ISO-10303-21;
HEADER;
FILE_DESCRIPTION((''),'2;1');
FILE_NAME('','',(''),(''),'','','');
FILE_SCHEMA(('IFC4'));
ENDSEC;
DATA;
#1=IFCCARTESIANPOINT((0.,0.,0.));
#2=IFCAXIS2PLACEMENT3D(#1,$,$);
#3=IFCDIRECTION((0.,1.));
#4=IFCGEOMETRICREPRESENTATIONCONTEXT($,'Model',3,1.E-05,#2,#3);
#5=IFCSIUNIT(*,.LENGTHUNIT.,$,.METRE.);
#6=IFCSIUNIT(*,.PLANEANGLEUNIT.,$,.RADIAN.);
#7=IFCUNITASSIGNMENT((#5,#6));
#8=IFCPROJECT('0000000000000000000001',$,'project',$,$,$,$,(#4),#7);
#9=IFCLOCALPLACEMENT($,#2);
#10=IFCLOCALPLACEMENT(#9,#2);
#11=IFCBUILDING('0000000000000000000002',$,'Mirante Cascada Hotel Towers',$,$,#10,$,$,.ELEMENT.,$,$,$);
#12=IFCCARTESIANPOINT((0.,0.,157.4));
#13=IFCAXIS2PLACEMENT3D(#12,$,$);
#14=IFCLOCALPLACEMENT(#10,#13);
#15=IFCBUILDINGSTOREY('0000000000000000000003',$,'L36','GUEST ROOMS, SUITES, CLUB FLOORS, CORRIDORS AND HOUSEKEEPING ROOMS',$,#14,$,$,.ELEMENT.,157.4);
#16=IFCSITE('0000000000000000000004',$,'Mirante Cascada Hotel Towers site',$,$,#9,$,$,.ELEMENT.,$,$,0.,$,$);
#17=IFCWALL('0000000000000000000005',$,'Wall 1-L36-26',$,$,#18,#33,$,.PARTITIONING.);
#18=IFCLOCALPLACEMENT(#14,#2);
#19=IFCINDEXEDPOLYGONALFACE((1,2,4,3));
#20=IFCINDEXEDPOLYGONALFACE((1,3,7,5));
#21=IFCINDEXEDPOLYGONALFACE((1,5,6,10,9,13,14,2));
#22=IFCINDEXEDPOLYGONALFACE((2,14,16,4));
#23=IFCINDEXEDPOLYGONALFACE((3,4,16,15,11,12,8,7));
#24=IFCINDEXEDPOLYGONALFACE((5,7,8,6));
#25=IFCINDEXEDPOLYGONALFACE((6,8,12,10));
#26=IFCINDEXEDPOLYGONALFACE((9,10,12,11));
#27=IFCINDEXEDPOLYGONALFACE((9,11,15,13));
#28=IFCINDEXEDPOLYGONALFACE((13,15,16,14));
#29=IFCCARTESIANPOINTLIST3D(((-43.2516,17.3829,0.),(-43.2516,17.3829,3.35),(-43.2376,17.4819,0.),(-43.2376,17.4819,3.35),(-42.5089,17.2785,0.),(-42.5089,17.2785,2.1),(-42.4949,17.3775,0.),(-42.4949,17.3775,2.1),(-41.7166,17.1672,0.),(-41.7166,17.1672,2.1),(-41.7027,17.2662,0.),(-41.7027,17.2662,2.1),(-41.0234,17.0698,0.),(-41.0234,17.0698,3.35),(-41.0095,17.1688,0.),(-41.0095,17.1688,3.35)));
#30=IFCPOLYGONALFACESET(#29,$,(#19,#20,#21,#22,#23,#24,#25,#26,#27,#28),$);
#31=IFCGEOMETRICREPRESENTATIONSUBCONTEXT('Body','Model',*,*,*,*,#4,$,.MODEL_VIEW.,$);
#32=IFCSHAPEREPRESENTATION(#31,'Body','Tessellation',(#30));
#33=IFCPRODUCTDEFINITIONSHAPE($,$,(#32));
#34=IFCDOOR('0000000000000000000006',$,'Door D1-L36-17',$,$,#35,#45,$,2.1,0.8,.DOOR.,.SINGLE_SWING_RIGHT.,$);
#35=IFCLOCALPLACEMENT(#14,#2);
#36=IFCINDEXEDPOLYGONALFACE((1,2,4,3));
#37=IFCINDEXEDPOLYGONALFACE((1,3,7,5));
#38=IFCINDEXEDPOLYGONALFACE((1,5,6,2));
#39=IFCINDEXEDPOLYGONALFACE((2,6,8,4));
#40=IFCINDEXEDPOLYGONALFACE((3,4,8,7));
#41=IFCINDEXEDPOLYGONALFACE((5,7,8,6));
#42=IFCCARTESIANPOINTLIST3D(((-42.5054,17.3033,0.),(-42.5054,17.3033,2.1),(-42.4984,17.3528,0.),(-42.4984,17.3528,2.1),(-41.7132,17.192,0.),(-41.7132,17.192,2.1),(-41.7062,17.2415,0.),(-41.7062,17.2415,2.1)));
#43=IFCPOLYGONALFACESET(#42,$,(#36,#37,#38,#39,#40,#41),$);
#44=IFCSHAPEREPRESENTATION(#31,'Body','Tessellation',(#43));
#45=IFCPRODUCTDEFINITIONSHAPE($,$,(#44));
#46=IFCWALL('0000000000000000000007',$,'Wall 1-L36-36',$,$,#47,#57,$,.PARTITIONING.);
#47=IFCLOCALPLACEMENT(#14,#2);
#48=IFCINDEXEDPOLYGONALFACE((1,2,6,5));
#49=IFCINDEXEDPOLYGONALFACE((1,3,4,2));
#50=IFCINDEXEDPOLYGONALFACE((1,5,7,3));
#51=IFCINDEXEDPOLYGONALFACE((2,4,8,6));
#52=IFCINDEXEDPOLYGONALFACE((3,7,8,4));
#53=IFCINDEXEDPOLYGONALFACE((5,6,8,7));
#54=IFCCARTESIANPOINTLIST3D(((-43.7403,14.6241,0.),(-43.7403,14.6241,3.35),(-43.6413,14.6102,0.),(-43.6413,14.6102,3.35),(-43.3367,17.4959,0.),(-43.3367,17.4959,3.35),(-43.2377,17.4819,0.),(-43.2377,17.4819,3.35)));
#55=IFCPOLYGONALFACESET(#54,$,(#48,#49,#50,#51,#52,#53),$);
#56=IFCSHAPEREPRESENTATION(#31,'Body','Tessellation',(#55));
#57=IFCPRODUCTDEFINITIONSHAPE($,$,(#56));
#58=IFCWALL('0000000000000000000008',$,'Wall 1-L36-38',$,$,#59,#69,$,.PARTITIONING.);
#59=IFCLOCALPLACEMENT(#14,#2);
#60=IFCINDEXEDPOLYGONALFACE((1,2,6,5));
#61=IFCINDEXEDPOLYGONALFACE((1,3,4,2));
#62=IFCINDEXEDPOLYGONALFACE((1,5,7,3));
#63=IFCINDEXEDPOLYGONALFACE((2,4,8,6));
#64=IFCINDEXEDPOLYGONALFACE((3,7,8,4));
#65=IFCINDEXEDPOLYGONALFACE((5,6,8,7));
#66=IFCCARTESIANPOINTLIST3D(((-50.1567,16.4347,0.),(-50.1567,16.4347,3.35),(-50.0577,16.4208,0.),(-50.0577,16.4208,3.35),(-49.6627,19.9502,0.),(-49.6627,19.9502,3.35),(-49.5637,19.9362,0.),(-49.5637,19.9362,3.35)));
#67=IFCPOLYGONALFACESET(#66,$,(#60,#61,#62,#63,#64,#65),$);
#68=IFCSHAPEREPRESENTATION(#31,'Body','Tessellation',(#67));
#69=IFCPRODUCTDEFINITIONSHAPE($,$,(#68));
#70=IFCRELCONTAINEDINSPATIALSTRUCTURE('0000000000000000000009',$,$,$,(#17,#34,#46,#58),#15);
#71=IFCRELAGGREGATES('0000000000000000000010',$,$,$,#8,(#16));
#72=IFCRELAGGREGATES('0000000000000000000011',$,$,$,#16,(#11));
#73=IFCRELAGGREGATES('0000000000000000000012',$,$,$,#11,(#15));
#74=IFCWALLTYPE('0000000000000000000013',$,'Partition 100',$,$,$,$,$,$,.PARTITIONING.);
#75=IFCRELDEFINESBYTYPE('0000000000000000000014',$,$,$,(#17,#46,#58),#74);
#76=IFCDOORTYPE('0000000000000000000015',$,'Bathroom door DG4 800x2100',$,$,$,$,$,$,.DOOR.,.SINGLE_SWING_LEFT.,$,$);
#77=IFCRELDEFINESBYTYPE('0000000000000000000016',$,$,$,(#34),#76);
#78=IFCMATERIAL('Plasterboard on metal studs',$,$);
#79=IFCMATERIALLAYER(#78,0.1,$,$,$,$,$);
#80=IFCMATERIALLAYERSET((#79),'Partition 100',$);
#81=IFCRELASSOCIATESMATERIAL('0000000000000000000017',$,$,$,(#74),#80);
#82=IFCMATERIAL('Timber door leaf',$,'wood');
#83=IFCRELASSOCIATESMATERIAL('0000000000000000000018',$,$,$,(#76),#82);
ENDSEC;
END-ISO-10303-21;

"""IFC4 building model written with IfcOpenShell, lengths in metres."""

from ifc_helpers import new_model, si_unit, direction, frame, frame_2d, origin, place, context, subcontext, project, spatial, rectangle, extrude, material, layer, layer_set, type_object, element, fill, save


model = new_model("IFC4")

# Units and contexts
model_context = context("Model", 3, precision=1e-05, world=origin(), true_north=direction((0.0, 1.0)))
body_context = subcontext(model_context, "Body", "Model", "MODEL_VIEW")
ifc_project = project(units=[si_unit("LENGTHUNIT", "METRE"), si_unit("PLANEANGLEUNIT", "RADIAN")], contexts=[model_context])

# Site, building, storey
site_placement = place(None, origin())
site = spatial("IfcSite", under=ifc_project, at=site_placement, Name="Mirante Cascada Hotel Towers site", CompositionType="ELEMENT", RefElevation=0.0)
building_placement = place(site_placement, origin())
building = spatial("IfcBuilding", under=site, at=building_placement, Name="Mirante Cascada Hotel Towers", CompositionType="ELEMENT")
storey_placement = place(building_placement, frame((0.0, 0.0, 157.4)))
storey = spatial("IfcBuildingStorey", under=building, at=storey_placement, Name="L36", Description="GUEST ROOMS, SUITES, CLUB FLOORS, CORRIDORS AND HOUSEKEEPING ROOMS", CompositionType="ELEMENT", Elevation=157.4)

# Shared definitions
ifc_material_1 = material(Name="Plasterboard on metal studs")
ifc_layer_1 = layer(ifc_material_1, 0.1)
ifc_layer_set_1 = layer_set([ifc_layer_1], Name="Partition 100")
wall_type_1 = type_object("IfcWallType", Name="Partition 100", PredefinedType="PARTITIONING", material=ifc_layer_set_1)

# Wall, opening, door
wall_1_placement = place(storey_placement, frame((-43.2446, 17.4324, 0.0), z_axis=(0.0, 0.0, 1.0), x_axis=(0.990271, -0.139156, 0.0)))
wall_1 = element("IfcWall", 1, at=wall_1_placement, inside=storey, type_object=wall_type_1, Name="Wall 1-L36-26", PredefinedType="PARTITIONING", context=body_context, shape_type="SweptSolid", body=[
    extrude(rectangle(XDim=2.25, YDim=0.1, at=frame_2d((1.125, 0.0))), origin(), (0.0, 0.0, 1.0), 3.35),
])
opening_1_placement = place(wall_1_placement, frame((0.75, 0.0, 0.0)))
opening_1 = element("IfcOpeningElement", 2, at=opening_1_placement, cuts=wall_1, PredefinedType="OPENING", context=body_context, shape_type="SweptSolid", body=[
    extrude(rectangle(XDim=0.8, YDim=2.1, at=frame_2d((0.4, 1.05))), frame((0.0, 0.05, 0.0), z_axis=(0.0, -1.0, 0.0), x_axis=(1.0, 0.0, 0.0)), (0.0, 0.0, 1.0), 0.1),
])
ifc_material_2 = material(Name="Timber door leaf", Category="wood")
door_type_1 = type_object("IfcDoorType", Name="Bathroom door DG4 800x2100", OperationType="SINGLE_SWING_LEFT", PredefinedType="DOOR", material=ifc_material_2)
door_1_placement = place(opening_1_placement, frame((0.8, 0.0, 0.0), z_axis=(0.0, 0.0, 1.0), x_axis=(-1.0, 0.0, 0.0)))
door_1 = element("IfcDoor", 3, at=door_1_placement, inside=storey, type_object=door_type_1, Name="Door D1-L36-17", OperationType="SINGLE_SWING_RIGHT", OverallHeight=2.1, OverallWidth=0.8, PredefinedType="DOOR", context=body_context, shape_type="SweptSolid", body=[
    extrude(rectangle(XDim=0.8, YDim=2.1, at=frame_2d((0.4, 1.05))), frame((0.0, 0.025, 0.0), z_axis=(0.0, -1.0, 0.0), x_axis=(1.0, 0.0, 0.0)), (0.0, 0.0, 1.0), 0.05),
])
fill(opening_1, door_1)

# Walls
wall_2_placement = place(storey_placement, frame((-43.2872, 17.4889, 0.0), z_axis=(0.0, 0.0, 1.0), x_axis=(-0.139171, -0.990268, 0.0)))
element("IfcWall", 4, at=wall_2_placement, inside=storey, type_object=wall_type_1, Name="Wall 1-L36-36", PredefinedType="PARTITIONING", context=body_context, shape_type="SweptSolid", body=[
    extrude(rectangle(XDim=2.9, YDim=0.1, at=frame_2d((1.45, 0.0))), origin(), (0.0, 0.0, 1.0), 3.35),
])
wall_3_placement = place(storey_placement, frame((-49.6132, 19.9432, 0.0), z_axis=(0.0, 0.0, 1.0), x_axis=(-0.139153, -0.990271, 0.0)))
element("IfcWall", 5, at=wall_3_placement, inside=storey, type_object=wall_type_1, Name="Wall 1-L36-38", PredefinedType="PARTITIONING", context=body_context, shape_type="SweptSolid", body=[
    extrude(rectangle(XDim=3.55, YDim=0.1, at=frame_2d((1.775, 0.0))), origin(), (0.0, 0.0, 1.0), 3.35),
])

save(model, "model.ifc")
